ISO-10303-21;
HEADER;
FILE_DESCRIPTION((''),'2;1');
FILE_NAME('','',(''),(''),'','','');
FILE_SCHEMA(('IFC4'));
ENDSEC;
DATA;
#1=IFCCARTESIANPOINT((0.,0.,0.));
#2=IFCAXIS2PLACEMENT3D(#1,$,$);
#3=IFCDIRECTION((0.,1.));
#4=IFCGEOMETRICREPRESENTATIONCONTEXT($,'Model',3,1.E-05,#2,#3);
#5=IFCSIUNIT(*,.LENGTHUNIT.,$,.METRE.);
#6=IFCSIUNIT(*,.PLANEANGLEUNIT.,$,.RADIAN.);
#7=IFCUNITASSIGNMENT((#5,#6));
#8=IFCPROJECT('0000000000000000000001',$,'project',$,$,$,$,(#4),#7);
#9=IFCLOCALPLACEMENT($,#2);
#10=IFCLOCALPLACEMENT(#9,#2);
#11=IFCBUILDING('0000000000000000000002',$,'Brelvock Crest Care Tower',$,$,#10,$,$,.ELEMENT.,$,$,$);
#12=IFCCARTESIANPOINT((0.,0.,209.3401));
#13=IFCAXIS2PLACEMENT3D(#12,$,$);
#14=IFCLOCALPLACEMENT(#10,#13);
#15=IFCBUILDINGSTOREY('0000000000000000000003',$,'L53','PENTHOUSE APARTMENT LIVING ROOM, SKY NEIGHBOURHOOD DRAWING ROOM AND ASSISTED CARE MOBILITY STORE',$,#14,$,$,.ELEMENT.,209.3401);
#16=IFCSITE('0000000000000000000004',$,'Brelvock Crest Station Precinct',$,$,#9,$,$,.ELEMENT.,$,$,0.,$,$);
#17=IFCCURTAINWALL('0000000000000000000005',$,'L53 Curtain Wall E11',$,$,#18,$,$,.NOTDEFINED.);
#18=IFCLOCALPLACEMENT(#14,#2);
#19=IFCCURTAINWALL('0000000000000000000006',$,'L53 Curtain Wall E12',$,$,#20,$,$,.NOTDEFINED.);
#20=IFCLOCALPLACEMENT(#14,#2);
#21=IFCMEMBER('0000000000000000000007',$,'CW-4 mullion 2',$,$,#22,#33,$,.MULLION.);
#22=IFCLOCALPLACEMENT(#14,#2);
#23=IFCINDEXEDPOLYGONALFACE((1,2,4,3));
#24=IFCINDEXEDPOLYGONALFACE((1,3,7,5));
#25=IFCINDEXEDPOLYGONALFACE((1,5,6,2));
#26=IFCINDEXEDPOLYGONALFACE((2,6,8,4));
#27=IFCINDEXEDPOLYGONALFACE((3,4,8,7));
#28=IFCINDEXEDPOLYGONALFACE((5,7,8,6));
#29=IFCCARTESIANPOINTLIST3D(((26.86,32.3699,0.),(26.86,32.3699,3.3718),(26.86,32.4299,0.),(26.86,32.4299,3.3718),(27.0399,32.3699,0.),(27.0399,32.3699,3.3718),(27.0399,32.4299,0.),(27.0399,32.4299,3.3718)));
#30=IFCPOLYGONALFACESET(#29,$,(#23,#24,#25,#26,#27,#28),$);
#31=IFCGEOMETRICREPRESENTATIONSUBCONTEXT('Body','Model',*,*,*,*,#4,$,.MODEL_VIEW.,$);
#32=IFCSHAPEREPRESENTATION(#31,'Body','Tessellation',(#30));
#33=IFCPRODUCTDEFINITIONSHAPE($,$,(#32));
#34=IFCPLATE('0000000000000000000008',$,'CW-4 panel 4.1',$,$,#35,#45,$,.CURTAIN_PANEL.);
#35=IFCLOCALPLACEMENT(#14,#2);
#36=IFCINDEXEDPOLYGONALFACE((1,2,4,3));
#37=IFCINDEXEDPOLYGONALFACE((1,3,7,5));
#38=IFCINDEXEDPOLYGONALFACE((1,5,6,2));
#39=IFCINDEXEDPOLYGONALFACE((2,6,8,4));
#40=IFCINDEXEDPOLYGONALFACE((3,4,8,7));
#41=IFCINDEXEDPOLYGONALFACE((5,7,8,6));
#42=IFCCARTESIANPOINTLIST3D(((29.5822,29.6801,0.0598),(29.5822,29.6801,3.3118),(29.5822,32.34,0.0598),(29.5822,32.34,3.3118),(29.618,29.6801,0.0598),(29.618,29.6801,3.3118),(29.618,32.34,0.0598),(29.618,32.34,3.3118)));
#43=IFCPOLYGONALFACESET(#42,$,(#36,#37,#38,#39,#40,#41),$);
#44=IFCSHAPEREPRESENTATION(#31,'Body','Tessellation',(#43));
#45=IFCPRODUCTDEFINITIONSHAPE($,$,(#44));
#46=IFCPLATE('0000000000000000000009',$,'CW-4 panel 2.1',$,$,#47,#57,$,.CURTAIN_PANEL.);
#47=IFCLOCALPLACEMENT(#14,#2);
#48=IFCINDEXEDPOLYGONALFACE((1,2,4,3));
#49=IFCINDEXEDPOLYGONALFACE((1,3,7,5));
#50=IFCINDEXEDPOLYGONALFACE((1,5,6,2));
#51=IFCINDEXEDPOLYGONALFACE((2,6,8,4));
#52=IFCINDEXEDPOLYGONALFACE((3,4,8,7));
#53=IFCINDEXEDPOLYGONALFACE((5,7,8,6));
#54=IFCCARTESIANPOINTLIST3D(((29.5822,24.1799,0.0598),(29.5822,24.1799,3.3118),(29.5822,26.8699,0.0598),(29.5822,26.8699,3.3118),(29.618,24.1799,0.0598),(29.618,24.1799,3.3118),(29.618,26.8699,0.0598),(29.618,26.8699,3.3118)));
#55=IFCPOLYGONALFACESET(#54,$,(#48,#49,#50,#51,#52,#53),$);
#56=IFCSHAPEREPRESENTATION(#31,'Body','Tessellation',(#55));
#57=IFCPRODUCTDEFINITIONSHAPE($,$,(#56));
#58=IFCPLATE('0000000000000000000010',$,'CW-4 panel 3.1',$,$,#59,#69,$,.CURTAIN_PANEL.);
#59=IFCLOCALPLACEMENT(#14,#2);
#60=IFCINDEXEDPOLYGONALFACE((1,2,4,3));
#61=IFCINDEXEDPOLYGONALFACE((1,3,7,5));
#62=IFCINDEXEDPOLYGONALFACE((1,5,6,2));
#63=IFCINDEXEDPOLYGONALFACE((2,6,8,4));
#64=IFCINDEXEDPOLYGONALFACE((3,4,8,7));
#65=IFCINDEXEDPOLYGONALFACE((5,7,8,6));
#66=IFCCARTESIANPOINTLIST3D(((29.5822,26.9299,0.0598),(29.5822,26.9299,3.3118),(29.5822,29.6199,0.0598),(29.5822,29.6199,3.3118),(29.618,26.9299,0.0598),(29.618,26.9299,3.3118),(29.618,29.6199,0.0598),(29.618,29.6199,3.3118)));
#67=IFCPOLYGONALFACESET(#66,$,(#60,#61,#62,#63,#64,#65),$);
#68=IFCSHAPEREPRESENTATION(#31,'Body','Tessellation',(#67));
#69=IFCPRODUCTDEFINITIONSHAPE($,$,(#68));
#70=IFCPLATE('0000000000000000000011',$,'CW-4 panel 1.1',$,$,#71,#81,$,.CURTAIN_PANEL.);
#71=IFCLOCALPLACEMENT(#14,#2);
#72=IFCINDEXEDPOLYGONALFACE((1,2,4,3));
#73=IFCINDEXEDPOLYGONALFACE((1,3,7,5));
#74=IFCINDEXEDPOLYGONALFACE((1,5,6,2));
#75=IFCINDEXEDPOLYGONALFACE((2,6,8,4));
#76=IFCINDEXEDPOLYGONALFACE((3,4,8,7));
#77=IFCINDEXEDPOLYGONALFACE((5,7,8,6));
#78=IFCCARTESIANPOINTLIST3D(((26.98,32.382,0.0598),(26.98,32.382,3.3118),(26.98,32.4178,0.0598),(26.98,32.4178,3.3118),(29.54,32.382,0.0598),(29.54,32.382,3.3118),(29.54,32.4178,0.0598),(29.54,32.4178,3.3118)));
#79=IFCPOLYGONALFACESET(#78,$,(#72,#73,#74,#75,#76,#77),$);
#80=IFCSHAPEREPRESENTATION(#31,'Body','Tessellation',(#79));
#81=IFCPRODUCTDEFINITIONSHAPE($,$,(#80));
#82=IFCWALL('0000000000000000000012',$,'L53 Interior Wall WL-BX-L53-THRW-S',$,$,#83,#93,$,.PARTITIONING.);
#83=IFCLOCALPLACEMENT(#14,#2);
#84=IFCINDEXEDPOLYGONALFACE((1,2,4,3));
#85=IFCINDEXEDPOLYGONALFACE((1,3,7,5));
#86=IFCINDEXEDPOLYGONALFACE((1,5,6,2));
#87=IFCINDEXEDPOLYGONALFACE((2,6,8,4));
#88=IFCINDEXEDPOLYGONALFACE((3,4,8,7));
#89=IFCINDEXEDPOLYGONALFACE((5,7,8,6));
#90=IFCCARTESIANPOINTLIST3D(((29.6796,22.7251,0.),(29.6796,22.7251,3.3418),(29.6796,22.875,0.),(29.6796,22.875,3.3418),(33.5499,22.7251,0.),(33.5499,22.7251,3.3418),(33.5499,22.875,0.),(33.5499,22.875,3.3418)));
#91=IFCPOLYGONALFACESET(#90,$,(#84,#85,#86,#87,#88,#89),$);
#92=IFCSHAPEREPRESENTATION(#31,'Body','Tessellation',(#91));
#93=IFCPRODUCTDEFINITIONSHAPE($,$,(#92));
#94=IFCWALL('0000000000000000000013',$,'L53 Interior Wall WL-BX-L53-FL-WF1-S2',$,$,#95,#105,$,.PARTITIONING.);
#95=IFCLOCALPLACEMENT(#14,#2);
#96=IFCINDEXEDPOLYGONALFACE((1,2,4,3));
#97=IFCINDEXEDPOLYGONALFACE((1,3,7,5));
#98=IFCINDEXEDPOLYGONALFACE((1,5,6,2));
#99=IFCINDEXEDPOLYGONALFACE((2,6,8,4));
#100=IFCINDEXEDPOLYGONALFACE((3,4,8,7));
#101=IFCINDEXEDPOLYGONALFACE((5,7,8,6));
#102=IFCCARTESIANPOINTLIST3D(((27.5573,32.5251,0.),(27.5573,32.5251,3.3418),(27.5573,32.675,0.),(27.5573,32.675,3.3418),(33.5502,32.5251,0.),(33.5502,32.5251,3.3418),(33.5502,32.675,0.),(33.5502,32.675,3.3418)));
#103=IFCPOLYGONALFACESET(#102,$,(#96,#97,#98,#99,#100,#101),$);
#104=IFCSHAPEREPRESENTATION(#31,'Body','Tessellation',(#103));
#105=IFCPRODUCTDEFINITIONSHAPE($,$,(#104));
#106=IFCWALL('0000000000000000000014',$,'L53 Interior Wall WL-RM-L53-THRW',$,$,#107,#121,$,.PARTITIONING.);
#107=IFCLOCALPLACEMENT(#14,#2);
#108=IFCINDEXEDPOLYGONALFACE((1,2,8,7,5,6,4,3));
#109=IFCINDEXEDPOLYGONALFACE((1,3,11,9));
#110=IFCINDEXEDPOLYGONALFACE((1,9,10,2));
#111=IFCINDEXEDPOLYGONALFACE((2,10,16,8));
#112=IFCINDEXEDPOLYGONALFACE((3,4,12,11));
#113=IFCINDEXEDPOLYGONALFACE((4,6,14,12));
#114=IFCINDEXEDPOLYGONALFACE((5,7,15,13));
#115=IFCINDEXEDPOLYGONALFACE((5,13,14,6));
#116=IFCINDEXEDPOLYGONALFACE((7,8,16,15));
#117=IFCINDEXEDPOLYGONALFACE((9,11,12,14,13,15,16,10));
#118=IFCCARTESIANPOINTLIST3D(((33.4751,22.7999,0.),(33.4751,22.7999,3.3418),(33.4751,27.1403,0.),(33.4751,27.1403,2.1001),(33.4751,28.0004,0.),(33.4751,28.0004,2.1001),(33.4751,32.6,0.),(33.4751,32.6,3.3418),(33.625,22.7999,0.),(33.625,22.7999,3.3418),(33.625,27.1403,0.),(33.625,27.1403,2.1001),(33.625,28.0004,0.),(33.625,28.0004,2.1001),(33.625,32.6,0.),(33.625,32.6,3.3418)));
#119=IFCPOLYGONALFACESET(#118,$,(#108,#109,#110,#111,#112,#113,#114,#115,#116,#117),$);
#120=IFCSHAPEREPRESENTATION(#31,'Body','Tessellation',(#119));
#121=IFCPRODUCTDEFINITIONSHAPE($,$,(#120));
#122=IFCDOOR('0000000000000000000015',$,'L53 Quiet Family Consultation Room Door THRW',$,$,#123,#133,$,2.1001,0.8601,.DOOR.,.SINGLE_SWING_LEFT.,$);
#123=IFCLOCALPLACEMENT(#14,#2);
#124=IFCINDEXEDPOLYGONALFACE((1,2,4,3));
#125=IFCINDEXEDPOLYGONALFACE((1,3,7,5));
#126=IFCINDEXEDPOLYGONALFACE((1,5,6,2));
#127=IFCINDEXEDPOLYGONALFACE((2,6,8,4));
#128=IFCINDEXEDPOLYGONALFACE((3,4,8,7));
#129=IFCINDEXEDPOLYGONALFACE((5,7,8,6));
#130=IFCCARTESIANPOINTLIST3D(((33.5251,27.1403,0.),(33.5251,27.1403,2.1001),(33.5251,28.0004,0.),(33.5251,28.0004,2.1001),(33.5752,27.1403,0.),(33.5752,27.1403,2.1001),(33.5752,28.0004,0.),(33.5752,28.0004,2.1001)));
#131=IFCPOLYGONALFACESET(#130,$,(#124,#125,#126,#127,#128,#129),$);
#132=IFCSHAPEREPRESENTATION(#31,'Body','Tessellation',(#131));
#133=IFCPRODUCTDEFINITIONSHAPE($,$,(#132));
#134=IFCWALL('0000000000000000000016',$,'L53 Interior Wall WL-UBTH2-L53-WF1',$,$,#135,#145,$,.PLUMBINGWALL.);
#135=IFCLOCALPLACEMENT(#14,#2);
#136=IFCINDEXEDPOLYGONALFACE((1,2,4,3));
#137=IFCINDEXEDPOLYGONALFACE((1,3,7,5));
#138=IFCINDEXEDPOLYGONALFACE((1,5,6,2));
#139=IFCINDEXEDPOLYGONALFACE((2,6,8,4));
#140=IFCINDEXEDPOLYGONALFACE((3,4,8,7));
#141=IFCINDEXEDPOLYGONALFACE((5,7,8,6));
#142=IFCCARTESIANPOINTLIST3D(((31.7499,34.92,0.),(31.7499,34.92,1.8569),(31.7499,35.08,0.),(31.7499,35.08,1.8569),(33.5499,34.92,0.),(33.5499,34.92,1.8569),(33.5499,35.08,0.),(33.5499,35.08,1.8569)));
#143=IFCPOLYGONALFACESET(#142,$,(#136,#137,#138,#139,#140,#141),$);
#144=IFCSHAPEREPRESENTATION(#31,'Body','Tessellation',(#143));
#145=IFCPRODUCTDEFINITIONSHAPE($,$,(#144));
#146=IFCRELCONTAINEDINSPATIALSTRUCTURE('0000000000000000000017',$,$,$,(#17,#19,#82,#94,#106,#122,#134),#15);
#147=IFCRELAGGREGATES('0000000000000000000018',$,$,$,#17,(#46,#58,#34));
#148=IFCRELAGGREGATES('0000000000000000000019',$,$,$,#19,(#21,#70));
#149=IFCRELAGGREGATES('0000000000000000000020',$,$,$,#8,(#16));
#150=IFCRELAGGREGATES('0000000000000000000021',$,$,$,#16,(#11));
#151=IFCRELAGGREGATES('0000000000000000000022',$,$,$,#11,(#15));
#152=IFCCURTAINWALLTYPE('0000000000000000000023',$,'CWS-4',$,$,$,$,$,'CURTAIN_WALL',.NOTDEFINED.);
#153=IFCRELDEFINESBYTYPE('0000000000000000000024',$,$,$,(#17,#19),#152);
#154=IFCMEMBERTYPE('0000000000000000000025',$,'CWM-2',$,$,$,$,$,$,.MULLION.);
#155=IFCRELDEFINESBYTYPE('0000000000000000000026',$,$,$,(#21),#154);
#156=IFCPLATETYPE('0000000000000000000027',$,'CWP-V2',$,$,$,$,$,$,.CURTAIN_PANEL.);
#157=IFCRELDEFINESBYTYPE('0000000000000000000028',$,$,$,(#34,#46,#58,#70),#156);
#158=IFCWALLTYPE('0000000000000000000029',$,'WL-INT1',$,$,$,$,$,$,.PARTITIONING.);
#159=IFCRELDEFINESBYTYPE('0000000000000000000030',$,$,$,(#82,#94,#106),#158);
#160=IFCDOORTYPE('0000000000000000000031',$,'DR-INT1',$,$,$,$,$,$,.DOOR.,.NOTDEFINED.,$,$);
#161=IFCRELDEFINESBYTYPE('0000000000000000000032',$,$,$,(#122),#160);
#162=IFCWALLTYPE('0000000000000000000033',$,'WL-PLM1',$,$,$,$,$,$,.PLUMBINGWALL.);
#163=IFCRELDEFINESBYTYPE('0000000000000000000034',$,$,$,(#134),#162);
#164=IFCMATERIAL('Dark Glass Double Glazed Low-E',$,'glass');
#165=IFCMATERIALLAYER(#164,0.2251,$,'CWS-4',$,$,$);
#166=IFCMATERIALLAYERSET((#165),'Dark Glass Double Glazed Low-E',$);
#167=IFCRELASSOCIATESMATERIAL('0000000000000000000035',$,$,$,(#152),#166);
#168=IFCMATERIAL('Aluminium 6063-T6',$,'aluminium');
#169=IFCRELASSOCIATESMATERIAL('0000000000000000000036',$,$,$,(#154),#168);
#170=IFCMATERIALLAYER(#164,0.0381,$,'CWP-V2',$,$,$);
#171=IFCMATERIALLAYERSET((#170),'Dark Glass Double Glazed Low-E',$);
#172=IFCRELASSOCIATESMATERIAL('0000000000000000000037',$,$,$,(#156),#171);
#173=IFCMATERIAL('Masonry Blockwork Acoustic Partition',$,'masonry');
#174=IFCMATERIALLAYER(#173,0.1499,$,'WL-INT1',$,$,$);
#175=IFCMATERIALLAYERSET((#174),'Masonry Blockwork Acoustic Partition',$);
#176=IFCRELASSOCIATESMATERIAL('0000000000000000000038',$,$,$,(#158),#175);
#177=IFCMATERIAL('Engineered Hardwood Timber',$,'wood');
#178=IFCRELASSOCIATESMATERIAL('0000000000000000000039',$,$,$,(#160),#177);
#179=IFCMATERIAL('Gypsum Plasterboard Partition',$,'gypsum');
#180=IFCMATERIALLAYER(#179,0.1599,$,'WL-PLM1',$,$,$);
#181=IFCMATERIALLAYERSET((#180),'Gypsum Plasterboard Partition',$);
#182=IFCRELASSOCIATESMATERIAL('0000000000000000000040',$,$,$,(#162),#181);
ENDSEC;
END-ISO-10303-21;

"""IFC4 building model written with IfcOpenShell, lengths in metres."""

from ifc_helpers import new_model, si_unit, direction, frame, frame_2d, origin, origin_2d, place, context, subcontext, project, spatial, rectangle, extrude, source, transform, mapped, material, layer, layer_set, material_profile, profile_set, type_object, element, fill, aggregate, save


model = new_model("IFC4")

# Units and contexts
model_context = context("Model", 3, precision=1e-05, world=origin(), true_north=direction((0.0, 1.0)))
body_context = subcontext(model_context, "Body", "Model", "MODEL_VIEW")
ifc_project = project(units=[si_unit("LENGTHUNIT", "METRE"), si_unit("PLANEANGLEUNIT", "RADIAN")], contexts=[model_context])

# Site, building, storey
site_placement = place(None, origin())
site = spatial("IfcSite", under=ifc_project, at=site_placement, Name="Brelvock Crest Station Precinct", CompositionType="ELEMENT", RefElevation=0.0)
building_placement = place(site_placement, origin())
building = spatial("IfcBuilding", under=site, at=building_placement, Name="Brelvock Crest Care Tower", CompositionType="ELEMENT")
storey_placement = place(building_placement, frame((0.0, 0.0, 209.3401)))
storey = spatial("IfcBuildingStorey", under=building, at=storey_placement, Name="L53", Description="PENTHOUSE APARTMENT LIVING ROOM, SKY NEIGHBOURHOOD DRAWING ROOM AND ASSISTED CARE MOBILITY STORE", CompositionType="ELEMENT", Elevation=209.3401)

# Curtain walls
ifc_material_1 = material(Name="Dark Glass Double Glazed Low-E", Category="glass")
ifc_layer_1 = layer(ifc_material_1, 0.2251, Name="CWS-4")
ifc_layer_set_1 = layer_set([ifc_layer_1], Name="Dark Glass Double Glazed Low-E")
curtain_wall_type = type_object("IfcCurtainWallType", Name="CWS-4", ElementType="CURTAIN_WALL", PredefinedType="NOTDEFINED", material=ifc_layer_set_1)
curtain_wall_1_placement = place(storey_placement, origin())
curtain_wall_1 = element("IfcCurtainWall", 1, at=curtain_wall_1_placement, inside=storey, type_object=curtain_wall_type, Name="L53 Curtain Wall E11", PredefinedType="NOTDEFINED")
ifc_material_2 = material(Name="Aluminium 6063-T6", Category="aluminium")
curtain_wall_2_placement = place(storey_placement, origin())
curtain_wall_2 = element("IfcCurtainWall", 2, at=curtain_wall_2_placement, inside=storey, type_object=curtain_wall_type, Name="L53 Curtain Wall E12", PredefinedType="NOTDEFINED")

# Member
ifc_material_profile_1 = material_profile(ifc_material_2, rectangle(XDim=0.0601, YDim=0.1799, at=origin_2d()), Name="ALU60x180")
ifc_profile_set_1 = profile_set([ifc_material_profile_1], Name="Aluminium 6063-T6")
member_type_1 = type_object("IfcMemberType", Name="CWM-2", PredefinedType="MULLION", material=ifc_profile_set_1)
shared_shape_1 = source(origin(), body_context, "Body", "SweptSolid", [
    extrude(rectangle(XDim=0.0601, YDim=0.1799, at=origin_2d()), origin(), (0.0, 0.0, 1.0), 3.3718),
])
member_1_placement = place(storey_placement, frame((26.95, 32.3999, 0.0), z_axis=(0.0, 0.0, 1.0), x_axis=(0.0, -1.0, 0.0)))
member_1 = element("IfcMember", 3, at=member_1_placement, type_object=member_type_1, Name="CW-4 mullion 2", PredefinedType="MULLION", context=body_context, shape_type="MappedRepresentation", body=[
    mapped(shared_shape_1, transform((0.0, 0.0, 0.0), x_axis=(1.0, 0.0, 0.0), y_axis=(0.0, 1.0, 0.0), z_axis=(0.0, 0.0, 1.0), scale=1.0)),
])

# Plates
ifc_layer_2 = layer(ifc_material_1, 0.0381, Name="CWP-V2")
ifc_layer_set_2 = layer_set([ifc_layer_2], Name="Dark Glass Double Glazed Low-E")
plate_type = type_object("IfcPlateType", Name="CWP-V2", PredefinedType="CURTAIN_PANEL", material=ifc_layer_set_2)
shared_shape_2 = source(origin(), body_context, "Body", "SweptSolid", [
    extrude(rectangle(XDim=2.6599, YDim=0.0359, at=origin_2d()), origin(), (0.0, 0.0, 1.0), 3.252),
])
plate_1_placement = place(storey_placement, frame((29.6001, 31.01, 0.0598), z_axis=(0.0, 0.0, 1.0), x_axis=(0.0, 1.0, 0.0)))
plate_1 = element("IfcPlate", 4, at=plate_1_placement, type_object=plate_type, Name="CW-4 panel 4.1", PredefinedType="CURTAIN_PANEL", context=body_context, shape_type="MappedRepresentation", body=[
    mapped(shared_shape_2, transform((0.0, 0.0, 0.0), x_axis=(1.0, 0.0, 0.0), y_axis=(0.0, 1.0, 0.0), z_axis=(0.0, 0.0, 1.0), scale=1.0)),
])
shared_shape_3 = source(origin(), body_context, "Body", "SweptSolid", [
    extrude(rectangle(XDim=2.6899, YDim=0.0359, at=origin_2d()), origin(), (0.0, 0.0, 1.0), 3.252),
])
plate_2_placement = place(storey_placement, frame((29.6001, 25.5249, 0.0598), z_axis=(0.0, 0.0, 1.0), x_axis=(0.0, 1.0, 0.0)))
plate_2 = element("IfcPlate", 5, at=plate_2_placement, type_object=plate_type, Name="CW-4 panel 2.1", PredefinedType="CURTAIN_PANEL", context=body_context, shape_type="MappedRepresentation", body=[
    mapped(shared_shape_3, transform((0.0, 0.0, 0.0), x_axis=(1.0, 0.0, 0.0), y_axis=(0.0, 1.0, 0.0), z_axis=(0.0, 0.0, 1.0), scale=1.0)),
])
plate_3_placement = place(storey_placement, frame((29.6001, 28.2749, 0.0598), z_axis=(0.0, 0.0, 1.0), x_axis=(0.0, 1.0, 0.0)))
plate_3 = element("IfcPlate", 6, at=plate_3_placement, type_object=plate_type, Name="CW-4 panel 3.1", PredefinedType="CURTAIN_PANEL", context=body_context, shape_type="MappedRepresentation", body=[
    mapped(shared_shape_3, transform((0.0, 0.0, 0.0), x_axis=(1.0, 0.0, 0.0), y_axis=(0.0, 1.0, 0.0), z_axis=(0.0, 0.0, 1.0), scale=1.0)),
])
aggregate(curtain_wall_1, [plate_2, plate_3, plate_1])
shared_shape_4 = source(origin(), body_context, "Body", "SweptSolid", [
    extrude(rectangle(XDim=2.5601, YDim=0.0359, at=origin_2d()), origin(), (0.0, 0.0, 1.0), 3.252),
])
plate_4_placement = place(storey_placement, frame((28.26, 32.3999, 0.0598), z_axis=(0.0, 0.0, 1.0), x_axis=(-1.0, 0.0, 0.0)))
plate_4 = element("IfcPlate", 7, at=plate_4_placement, type_object=plate_type, Name="CW-4 panel 1.1", PredefinedType="CURTAIN_PANEL", context=body_context, shape_type="MappedRepresentation", body=[
    mapped(shared_shape_4, transform((0.0, 0.0, 0.0), x_axis=(1.0, 0.0, 0.0), y_axis=(0.0, 1.0, 0.0), z_axis=(0.0, 0.0, 1.0), scale=1.0)),
])
aggregate(curtain_wall_2, [member_1, plate_4])

# Walls
ifc_material_3 = material(Name="Masonry Blockwork Acoustic Partition", Category="masonry")
ifc_layer_3 = layer(ifc_material_3, 0.1499, Name="WL-INT1")
ifc_layer_set_3 = layer_set([ifc_layer_3], Name="Masonry Blockwork Acoustic Partition")
wall_type_1 = type_object("IfcWallType", Name="WL-INT1", PredefinedType="PARTITIONING", material=ifc_layer_set_3)
wall_1_placement = place(storey_placement, frame((29.6797, 22.8, 0.0), z_axis=(0.0, 0.0, 1.0), x_axis=(1.0, 0.0, 0.0)))
element("IfcWall", 8, at=wall_1_placement, inside=storey, type_object=wall_type_1, Name="L53 Interior Wall WL-BX-L53-THRW-S", PredefinedType="PARTITIONING", context=body_context, shape_type="SweptSolid", body=[
    extrude(rectangle(XDim=3.8704, YDim=0.1499, at=frame_2d((1.9351, 0.0))), origin(), (0.0, 0.0, 1.0), 3.3418),
])
wall_2_placement = place(storey_placement, frame((27.5571, 32.6001, 0.0), z_axis=(0.0, 0.0, 1.0), x_axis=(1.0, 0.0, 0.0)))
element("IfcWall", 9, at=wall_2_placement, inside=storey, type_object=wall_type_1, Name="L53 Interior Wall WL-BX-L53-FL-WF1-S2", PredefinedType="PARTITIONING", context=body_context, shape_type="SweptSolid", body=[
    extrude(rectangle(XDim=5.9929, YDim=0.1499, at=frame_2d((2.9966, 0.0))), origin(), (0.0, 0.0, 1.0), 3.3418),
])

# Wall, opening, door
wall_3_placement = place(storey_placement, frame((33.55, 22.8, 0.0), z_axis=(0.0, 0.0, 1.0), x_axis=(0.0, 1.0, 0.0)))
wall_3 = element("IfcWall", 10, at=wall_3_placement, inside=storey, type_object=wall_type_1, Name="L53 Interior Wall WL-RM-L53-THRW", PredefinedType="PARTITIONING", context=body_context, shape_type="SweptSolid", body=[
    extrude(rectangle(XDim=9.8, YDim=0.1499, at=frame_2d((4.8999, 0.0))), origin(), (0.0, 0.0, 1.0), 3.3418),
])
opening_1_placement = place(wall_3_placement, frame((4.3401, 0.0, 0.0)))
opening_1 = element("IfcOpeningElement", 11, at=opening_1_placement, cuts=wall_3, PredefinedType="OPENING", context=body_context, shape_type="SweptSolid", body=[
    extrude(rectangle(XDim=0.8601, YDim=2.1001, at=origin_2d()), frame((0.4302, 0.085, 1.05), z_axis=(0.0, -1.0, 0.0), x_axis=(1.0, 0.0, 0.0)), (0.0, 0.0, 1.0), 0.1699),
])
ifc_material_4 = material(Name="Engineered Hardwood Timber", Category="wood")
door_type_1 = type_object("IfcDoorType", Name="DR-INT1", OperationType="NOTDEFINED", PredefinedType="DOOR", material=ifc_material_4)
shared_shape_5 = source(origin(), body_context, "Body", "SweptSolid", [
    extrude(rectangle(XDim=0.8601, YDim=2.1001, at=origin_2d()), frame((0.4302, 0.0249, 1.05), z_axis=(0.0, -1.0, 0.0), x_axis=(1.0, 0.0, 0.0)), (0.0, 0.0, 1.0), 0.05),
])
door_1_placement = place(opening_1_placement, origin())
door_1 = element("IfcDoor", 12, at=door_1_placement, inside=storey, type_object=door_type_1, Name="L53 Quiet Family Consultation Room Door THRW", OperationType="SINGLE_SWING_LEFT", OverallHeight=2.1001, OverallWidth=0.8601, PredefinedType="DOOR", context=body_context, shape_type="MappedRepresentation", body=[
    mapped(shared_shape_5, transform((0.0, 0.0, 0.0), x_axis=(1.0, 0.0, 0.0), y_axis=(0.0, 1.0, 0.0), z_axis=(0.0, 0.0, 1.0), scale=1.0)),
])
fill(opening_1, door_1)

# Wall
ifc_material_5 = material(Name="Gypsum Plasterboard Partition", Category="gypsum")
ifc_layer_4 = layer(ifc_material_5, 0.1599, Name="WL-PLM1")
ifc_layer_set_4 = layer_set([ifc_layer_4], Name="Gypsum Plasterboard Partition")
wall_type_2 = type_object("IfcWallType", Name="WL-PLM1", PredefinedType="PLUMBINGWALL", material=ifc_layer_set_4)
wall_4_placement = place(storey_placement, frame((31.75, 35.0, 0.0), z_axis=(0.0, 0.0, 1.0), x_axis=(1.0, 0.0, 0.0)))
element("IfcWall", 13, at=wall_4_placement, inside=storey, type_object=wall_type_2, Name="L53 Interior Wall WL-UBTH2-L53-WF1", PredefinedType="PLUMBINGWALL", context=body_context, shape_type="SweptSolid", body=[
    extrude(rectangle(XDim=1.8, YDim=0.1599, at=frame_2d((0.8999, 0.0))), origin(), (0.0, 0.0, 1.0), 1.8569),
])

save(model, "model.ifc")
